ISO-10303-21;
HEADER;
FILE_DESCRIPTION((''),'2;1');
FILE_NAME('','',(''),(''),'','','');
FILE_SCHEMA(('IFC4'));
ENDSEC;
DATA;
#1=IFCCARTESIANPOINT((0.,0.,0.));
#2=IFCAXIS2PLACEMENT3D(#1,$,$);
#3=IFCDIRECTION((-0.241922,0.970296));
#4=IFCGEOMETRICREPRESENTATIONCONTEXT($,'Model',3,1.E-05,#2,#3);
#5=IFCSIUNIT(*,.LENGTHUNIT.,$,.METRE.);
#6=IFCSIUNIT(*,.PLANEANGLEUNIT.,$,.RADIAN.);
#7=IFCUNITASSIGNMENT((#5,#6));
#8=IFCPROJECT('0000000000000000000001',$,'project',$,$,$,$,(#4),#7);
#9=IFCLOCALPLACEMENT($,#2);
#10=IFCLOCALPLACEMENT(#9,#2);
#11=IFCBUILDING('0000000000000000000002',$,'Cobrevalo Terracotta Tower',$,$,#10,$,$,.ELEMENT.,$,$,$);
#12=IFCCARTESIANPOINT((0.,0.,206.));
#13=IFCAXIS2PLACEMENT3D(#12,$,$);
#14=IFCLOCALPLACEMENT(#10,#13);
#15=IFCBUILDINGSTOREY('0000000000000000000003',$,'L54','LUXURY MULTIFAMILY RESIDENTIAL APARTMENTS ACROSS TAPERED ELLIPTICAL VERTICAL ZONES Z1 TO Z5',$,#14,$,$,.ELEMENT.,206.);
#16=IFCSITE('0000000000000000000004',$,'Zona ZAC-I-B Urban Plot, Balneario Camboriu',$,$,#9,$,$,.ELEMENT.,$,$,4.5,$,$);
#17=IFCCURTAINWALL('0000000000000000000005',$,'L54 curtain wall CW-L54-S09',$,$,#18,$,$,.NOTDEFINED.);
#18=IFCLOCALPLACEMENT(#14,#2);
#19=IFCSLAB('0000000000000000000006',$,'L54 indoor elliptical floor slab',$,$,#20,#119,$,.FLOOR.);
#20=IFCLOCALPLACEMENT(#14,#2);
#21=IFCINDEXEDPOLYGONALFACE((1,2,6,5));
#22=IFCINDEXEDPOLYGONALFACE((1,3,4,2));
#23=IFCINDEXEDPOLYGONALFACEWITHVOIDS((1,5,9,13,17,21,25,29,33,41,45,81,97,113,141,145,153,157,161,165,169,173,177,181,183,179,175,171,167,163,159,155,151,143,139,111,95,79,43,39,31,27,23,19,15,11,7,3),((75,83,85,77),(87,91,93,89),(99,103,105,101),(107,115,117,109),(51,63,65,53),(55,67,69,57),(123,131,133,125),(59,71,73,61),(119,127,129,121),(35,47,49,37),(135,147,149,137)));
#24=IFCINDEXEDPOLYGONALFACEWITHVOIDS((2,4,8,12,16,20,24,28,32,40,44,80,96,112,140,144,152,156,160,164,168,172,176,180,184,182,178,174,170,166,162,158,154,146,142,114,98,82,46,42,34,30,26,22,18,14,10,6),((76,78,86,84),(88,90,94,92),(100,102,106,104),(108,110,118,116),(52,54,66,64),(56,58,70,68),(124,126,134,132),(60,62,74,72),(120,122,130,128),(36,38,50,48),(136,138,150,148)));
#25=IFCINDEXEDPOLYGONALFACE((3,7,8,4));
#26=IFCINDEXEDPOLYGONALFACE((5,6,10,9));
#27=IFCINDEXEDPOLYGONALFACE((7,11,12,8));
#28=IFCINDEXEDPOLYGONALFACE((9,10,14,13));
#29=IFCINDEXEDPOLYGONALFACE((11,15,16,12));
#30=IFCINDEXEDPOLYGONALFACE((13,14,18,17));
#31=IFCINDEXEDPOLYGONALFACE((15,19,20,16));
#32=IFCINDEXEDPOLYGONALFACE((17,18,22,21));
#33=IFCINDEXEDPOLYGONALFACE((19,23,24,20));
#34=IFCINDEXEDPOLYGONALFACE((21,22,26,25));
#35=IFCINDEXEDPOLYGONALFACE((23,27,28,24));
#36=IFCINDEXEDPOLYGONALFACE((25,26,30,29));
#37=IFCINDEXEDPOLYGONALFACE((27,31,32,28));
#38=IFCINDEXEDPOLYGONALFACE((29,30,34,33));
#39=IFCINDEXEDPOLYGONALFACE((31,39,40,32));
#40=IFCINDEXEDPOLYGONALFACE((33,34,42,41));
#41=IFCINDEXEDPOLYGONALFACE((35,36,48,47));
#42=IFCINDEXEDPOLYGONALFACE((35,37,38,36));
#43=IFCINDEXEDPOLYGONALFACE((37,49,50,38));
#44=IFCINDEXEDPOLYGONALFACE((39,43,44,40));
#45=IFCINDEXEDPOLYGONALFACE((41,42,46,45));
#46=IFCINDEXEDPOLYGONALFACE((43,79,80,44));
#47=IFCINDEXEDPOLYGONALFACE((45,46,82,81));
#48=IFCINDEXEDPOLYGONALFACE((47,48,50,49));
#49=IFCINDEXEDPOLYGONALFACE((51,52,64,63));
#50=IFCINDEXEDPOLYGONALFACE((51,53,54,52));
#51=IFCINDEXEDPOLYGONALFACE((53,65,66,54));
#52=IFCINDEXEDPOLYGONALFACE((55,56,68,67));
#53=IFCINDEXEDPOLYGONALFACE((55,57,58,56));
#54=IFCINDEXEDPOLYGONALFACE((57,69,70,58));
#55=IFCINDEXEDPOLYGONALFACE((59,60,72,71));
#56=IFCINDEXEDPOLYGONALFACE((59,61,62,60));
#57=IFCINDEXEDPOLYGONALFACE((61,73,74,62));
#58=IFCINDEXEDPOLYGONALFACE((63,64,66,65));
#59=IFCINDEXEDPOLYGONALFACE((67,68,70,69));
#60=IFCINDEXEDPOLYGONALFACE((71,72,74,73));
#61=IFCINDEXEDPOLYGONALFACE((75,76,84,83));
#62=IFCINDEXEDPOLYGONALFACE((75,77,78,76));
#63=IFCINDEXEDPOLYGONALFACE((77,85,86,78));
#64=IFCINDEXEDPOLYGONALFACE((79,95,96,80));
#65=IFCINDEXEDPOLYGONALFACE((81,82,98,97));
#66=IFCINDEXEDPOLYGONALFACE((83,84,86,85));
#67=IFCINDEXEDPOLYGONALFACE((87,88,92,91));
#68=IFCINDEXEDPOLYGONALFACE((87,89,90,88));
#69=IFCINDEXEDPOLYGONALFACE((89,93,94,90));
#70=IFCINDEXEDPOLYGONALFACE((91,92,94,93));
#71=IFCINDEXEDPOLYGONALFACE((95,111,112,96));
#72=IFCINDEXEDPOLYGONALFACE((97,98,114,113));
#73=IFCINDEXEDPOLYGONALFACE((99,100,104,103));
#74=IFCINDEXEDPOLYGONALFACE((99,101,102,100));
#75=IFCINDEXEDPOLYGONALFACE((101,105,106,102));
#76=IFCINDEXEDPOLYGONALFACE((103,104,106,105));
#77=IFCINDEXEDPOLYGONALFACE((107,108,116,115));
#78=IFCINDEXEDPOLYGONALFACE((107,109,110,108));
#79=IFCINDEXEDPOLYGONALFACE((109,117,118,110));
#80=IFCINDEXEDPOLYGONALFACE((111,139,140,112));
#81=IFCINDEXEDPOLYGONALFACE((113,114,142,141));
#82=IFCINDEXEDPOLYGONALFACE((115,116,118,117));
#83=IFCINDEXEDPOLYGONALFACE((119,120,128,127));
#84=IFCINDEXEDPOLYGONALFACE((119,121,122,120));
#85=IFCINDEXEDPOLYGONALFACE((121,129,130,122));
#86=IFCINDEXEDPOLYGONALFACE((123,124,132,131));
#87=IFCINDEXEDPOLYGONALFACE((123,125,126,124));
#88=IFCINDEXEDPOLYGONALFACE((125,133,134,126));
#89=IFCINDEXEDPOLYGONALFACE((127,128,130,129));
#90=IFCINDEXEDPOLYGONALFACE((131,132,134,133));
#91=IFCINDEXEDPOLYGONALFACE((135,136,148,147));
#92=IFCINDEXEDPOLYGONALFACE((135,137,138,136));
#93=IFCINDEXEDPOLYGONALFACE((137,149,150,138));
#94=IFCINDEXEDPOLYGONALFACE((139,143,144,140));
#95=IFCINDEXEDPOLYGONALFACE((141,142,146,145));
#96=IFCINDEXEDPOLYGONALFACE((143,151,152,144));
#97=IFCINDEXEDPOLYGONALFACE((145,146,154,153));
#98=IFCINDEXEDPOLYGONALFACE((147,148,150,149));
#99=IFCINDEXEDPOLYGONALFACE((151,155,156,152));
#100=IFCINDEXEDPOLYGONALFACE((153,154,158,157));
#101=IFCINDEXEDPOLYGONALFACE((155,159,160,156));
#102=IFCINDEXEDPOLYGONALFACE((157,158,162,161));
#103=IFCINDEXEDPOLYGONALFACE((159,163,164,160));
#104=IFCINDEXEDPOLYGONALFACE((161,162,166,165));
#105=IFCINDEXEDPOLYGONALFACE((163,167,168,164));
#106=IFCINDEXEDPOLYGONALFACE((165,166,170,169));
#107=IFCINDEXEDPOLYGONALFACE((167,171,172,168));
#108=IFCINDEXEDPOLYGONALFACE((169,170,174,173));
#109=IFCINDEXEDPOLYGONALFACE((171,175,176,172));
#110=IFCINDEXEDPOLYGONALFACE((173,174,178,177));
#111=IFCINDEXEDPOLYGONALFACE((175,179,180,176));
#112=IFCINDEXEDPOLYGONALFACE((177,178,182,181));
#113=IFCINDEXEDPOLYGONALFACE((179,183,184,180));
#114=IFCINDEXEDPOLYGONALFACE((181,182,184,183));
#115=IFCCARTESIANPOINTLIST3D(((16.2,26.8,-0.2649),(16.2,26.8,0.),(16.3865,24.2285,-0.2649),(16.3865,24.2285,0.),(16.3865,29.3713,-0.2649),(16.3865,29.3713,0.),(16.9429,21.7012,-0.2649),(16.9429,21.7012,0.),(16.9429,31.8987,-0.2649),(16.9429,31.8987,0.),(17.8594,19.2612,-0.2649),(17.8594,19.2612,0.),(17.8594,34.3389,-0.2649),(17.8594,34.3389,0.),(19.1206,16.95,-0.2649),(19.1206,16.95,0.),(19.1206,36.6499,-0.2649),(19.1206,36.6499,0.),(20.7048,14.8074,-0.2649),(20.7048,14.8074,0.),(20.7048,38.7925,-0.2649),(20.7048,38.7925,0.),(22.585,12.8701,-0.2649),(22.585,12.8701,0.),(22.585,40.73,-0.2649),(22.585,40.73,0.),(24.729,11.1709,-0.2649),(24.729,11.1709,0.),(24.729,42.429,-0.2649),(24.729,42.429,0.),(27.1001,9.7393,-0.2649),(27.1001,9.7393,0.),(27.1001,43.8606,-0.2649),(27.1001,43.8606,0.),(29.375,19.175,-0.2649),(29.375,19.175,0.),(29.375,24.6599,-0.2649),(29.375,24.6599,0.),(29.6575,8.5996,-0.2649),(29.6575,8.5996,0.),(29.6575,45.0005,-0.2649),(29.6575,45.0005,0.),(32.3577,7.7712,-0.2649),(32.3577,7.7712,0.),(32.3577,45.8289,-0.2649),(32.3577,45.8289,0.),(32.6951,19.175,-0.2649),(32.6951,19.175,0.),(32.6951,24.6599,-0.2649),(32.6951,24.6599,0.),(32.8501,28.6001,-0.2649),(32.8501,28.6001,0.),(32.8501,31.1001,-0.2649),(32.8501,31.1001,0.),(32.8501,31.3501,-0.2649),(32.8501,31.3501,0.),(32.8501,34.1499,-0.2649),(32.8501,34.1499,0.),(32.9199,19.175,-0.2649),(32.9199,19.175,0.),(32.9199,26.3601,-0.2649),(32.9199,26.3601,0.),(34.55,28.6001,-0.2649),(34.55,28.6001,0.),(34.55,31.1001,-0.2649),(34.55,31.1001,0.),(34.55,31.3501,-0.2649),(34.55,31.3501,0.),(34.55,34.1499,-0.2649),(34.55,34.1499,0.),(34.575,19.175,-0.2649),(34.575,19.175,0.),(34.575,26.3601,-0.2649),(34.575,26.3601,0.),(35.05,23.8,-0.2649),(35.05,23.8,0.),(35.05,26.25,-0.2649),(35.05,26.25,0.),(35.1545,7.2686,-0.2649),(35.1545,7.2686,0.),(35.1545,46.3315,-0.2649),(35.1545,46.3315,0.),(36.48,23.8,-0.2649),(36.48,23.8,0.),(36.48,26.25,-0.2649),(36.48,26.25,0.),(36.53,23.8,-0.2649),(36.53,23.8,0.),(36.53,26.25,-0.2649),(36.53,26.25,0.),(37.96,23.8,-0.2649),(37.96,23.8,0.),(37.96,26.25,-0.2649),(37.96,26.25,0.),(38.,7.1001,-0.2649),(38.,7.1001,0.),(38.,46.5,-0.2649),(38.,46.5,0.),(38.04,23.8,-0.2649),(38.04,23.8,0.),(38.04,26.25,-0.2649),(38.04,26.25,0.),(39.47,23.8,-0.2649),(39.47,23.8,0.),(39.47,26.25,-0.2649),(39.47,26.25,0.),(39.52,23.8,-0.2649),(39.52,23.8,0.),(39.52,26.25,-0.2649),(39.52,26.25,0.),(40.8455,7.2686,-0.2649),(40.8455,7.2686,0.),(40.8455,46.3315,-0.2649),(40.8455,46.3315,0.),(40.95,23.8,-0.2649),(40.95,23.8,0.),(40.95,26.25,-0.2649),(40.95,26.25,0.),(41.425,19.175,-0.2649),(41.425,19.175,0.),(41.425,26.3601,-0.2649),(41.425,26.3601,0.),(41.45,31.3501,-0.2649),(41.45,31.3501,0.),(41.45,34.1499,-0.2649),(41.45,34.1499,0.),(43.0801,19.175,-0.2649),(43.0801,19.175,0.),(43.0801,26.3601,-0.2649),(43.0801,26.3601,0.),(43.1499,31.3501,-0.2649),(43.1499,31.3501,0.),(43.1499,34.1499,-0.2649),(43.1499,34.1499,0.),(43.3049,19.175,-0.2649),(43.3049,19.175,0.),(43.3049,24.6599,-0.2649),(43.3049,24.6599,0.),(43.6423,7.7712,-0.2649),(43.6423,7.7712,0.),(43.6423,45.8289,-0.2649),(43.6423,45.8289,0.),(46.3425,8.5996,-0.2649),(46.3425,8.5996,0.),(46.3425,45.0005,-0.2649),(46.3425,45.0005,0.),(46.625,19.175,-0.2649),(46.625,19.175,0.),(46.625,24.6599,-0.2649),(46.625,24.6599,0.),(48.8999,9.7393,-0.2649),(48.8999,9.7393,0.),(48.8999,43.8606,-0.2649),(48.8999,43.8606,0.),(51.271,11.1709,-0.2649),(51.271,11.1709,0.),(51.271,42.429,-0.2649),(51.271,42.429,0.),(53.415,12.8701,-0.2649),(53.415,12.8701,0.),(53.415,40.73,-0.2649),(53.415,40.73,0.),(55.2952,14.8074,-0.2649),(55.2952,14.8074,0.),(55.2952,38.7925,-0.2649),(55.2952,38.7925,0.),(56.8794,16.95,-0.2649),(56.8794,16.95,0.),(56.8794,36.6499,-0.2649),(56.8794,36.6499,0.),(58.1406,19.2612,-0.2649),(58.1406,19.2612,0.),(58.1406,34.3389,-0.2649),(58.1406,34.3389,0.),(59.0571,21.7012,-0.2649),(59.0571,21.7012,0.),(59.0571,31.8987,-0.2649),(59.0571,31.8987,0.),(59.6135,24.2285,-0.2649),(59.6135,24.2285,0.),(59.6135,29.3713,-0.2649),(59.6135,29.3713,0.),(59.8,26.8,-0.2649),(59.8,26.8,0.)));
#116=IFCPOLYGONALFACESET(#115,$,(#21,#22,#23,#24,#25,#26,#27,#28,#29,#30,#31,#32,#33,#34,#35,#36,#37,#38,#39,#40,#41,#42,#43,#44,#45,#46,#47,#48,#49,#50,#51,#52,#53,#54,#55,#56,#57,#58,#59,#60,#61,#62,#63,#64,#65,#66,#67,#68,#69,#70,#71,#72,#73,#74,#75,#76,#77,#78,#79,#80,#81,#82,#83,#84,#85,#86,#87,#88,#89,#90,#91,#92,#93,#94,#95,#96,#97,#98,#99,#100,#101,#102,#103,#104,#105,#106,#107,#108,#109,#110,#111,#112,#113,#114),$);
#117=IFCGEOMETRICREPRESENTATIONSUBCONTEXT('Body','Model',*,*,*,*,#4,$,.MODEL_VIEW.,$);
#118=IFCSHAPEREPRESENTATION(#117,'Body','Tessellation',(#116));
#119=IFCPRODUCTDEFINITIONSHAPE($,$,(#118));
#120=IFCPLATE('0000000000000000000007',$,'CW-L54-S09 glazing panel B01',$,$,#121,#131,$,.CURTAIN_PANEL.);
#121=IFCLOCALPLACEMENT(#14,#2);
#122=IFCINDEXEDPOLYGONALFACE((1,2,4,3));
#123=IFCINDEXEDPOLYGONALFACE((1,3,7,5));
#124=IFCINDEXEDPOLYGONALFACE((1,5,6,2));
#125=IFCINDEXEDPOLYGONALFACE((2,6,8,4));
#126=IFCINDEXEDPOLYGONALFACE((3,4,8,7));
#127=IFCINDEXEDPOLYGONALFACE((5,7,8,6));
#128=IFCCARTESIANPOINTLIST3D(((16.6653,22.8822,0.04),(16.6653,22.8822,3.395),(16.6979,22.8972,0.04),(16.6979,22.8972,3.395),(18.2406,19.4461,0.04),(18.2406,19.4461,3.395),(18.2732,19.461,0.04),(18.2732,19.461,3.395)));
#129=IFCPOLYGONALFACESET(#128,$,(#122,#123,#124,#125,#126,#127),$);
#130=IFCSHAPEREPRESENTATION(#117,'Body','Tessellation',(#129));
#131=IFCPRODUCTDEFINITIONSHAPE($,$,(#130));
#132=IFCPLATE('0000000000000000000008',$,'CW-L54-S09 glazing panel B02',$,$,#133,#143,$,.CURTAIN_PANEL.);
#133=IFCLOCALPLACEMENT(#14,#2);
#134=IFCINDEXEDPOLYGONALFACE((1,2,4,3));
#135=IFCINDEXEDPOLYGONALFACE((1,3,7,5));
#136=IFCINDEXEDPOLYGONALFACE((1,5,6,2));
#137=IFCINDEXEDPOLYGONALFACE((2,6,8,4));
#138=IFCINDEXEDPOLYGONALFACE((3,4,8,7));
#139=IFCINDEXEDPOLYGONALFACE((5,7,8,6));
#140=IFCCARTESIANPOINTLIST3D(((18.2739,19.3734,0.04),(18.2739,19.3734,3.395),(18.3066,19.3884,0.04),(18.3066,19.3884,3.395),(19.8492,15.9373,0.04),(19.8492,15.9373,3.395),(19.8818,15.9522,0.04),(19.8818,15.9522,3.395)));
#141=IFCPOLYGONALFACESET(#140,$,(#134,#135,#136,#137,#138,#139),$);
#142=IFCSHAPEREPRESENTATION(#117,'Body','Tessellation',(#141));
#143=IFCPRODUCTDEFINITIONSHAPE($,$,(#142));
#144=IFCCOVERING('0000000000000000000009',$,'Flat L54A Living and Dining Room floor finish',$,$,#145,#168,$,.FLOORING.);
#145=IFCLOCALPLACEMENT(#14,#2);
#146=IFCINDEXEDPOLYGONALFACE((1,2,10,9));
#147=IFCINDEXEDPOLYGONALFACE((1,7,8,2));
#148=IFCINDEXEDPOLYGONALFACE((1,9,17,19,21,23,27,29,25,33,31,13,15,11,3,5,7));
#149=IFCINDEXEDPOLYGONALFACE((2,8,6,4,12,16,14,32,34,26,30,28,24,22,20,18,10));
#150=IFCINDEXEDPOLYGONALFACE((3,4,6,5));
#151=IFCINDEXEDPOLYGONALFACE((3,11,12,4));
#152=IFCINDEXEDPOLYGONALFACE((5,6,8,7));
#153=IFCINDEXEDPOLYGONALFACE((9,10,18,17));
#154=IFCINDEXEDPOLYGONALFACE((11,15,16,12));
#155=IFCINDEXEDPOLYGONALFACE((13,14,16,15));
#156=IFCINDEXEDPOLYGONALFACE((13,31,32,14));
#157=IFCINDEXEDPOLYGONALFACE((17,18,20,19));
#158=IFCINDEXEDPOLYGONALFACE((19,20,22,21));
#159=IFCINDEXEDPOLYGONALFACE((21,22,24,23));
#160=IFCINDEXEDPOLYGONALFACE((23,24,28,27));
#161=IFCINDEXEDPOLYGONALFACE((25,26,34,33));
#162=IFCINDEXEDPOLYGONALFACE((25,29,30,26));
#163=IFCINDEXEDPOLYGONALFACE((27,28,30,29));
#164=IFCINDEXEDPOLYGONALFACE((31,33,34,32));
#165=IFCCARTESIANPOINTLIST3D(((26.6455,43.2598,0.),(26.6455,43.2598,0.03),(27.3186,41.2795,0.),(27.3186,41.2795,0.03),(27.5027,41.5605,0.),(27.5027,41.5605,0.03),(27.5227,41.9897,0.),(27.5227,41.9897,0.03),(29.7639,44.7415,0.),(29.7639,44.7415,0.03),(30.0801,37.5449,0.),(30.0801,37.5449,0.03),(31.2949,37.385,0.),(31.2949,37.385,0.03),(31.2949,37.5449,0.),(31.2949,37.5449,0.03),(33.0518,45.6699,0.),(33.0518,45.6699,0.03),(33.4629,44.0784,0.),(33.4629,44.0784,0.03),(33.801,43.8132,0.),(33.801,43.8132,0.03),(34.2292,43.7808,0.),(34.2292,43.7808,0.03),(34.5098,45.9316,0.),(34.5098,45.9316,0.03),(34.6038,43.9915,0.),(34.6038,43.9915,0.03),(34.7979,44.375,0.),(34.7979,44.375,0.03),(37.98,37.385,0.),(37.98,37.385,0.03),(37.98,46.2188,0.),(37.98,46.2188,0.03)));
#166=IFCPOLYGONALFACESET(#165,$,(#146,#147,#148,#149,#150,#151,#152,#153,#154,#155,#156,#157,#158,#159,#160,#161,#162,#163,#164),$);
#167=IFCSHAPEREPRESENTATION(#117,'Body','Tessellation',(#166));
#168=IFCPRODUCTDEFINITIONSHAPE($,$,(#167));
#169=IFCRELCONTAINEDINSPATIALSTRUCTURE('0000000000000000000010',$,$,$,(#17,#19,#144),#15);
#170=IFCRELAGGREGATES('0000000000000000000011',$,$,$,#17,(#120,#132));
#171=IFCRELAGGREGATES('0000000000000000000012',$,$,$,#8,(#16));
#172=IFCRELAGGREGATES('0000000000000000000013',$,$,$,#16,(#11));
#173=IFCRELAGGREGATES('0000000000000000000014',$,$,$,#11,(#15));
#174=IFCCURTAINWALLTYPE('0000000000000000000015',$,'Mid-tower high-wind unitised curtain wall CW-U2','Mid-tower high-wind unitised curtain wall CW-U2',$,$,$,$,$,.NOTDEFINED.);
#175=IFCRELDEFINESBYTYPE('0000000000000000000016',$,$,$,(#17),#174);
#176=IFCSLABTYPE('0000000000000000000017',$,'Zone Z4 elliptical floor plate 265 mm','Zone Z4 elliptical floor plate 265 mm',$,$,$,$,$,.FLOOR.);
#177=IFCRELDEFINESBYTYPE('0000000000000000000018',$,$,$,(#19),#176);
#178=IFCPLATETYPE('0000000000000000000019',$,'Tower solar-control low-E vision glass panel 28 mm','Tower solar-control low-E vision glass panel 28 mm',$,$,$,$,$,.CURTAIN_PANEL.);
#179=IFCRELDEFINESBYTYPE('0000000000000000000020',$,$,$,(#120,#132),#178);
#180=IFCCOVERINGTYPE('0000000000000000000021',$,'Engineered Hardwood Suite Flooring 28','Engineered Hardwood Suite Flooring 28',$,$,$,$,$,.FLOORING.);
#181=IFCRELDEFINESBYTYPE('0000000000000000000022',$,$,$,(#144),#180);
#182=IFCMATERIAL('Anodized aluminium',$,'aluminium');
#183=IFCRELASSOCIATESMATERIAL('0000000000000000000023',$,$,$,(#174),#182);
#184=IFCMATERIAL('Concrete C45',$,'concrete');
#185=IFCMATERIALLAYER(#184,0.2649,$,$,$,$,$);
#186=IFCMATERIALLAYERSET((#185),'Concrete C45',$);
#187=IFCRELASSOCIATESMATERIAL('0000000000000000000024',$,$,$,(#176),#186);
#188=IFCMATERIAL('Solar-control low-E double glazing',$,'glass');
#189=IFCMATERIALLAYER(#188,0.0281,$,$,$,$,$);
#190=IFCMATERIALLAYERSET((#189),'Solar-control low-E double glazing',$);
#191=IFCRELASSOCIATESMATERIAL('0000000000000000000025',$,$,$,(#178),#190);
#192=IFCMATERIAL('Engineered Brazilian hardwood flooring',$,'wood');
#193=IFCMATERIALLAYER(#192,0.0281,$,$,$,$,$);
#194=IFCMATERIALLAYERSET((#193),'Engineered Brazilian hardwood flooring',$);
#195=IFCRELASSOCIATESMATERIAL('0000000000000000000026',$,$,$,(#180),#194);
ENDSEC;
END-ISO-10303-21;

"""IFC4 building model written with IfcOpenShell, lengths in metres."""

from ifc_helpers import new_model, si_unit, direction, frame, origin, origin_2d, place, context, subcontext, project, spatial, polyline, rectangle, outline, extrude, source, transform, mapped, material, layer, layer_set, type_object, element, aggregate, save


model = new_model("IFC4")

# Units and contexts
model_context = context("Model", 3, precision=1e-05, world=origin(), true_north=direction((-0.241922, 0.970296)))
body_context = subcontext(model_context, "Body", "Model", "MODEL_VIEW")
ifc_project = project(units=[si_unit("LENGTHUNIT", "METRE"), si_unit("PLANEANGLEUNIT", "RADIAN")], contexts=[model_context])

# Site, building, storey
site_placement = place(None, origin())
site = spatial("IfcSite", under=ifc_project, at=site_placement, Name="Zona ZAC-I-B Urban Plot, Balneario Camboriu", CompositionType="ELEMENT", RefElevation=4.5)
building_placement = place(site_placement, origin())
building = spatial("IfcBuilding", under=site, at=building_placement, Name="Cobrevalo Terracotta Tower", CompositionType="ELEMENT")
storey_placement = place(building_placement, frame((0.0, 0.0, 206.0)))
storey = spatial("IfcBuildingStorey", under=building, at=storey_placement, Name="L54", Description="LUXURY MULTIFAMILY RESIDENTIAL APARTMENTS ACROSS TAPERED ELLIPTICAL VERTICAL ZONES Z1 TO Z5", CompositionType="ELEMENT", Elevation=206.0)

# Curtain wall
ifc_material_1 = material(Name="Anodized aluminium", Category="aluminium")
curtain_wall_type = type_object("IfcCurtainWallType", Name="Mid-tower high-wind unitised curtain wall CW-U2", Description="Mid-tower high-wind unitised curtain wall CW-U2", PredefinedType="NOTDEFINED", material=ifc_material_1)
curtain_wall_1_placement = place(storey_placement, origin())
curtain_wall_1 = element("IfcCurtainWall", 1, at=curtain_wall_1_placement, inside=storey, type_object=curtain_wall_type, Name="L54 curtain wall CW-L54-S09", PredefinedType="NOTDEFINED")

# Slab
ifc_material_2 = material(Name="Concrete C45", Category="concrete")
ifc_layer_1 = layer(ifc_material_2, 0.2649)
ifc_layer_set_1 = layer_set([ifc_layer_1], Name="Concrete C45")
slab_type_1 = type_object("IfcSlabType", Name="Zone Z4 elliptical floor plate 265 mm", Description="Zone Z4 elliptical floor plate 265 mm", PredefinedType="FLOOR", material=ifc_layer_set_1)
slab_1_placement = place(storey_placement, frame((0.0, 0.0, -0.2649)))
element("IfcSlab", 2, at=slab_1_placement, inside=storey, type_object=slab_type_1, Name="L54 indoor elliptical floor slab", PredefinedType="FLOOR", context=body_context, shape_type="SweptSolid", body=[
    extrude(outline(polyline([(59.6135, 24.2285), (59.0571, 21.7012), (58.1406, 19.2612), (56.8794, 16.95), (55.2952, 14.8074), (53.415, 12.8701), (51.271, 11.1709), (48.8999, 9.7393), (46.3425, 8.5996), (43.6423, 7.7712), (40.8455, 7.2686), (38.0, 7.1001), (35.1545, 7.2686), (32.3577, 7.7712), (29.6575, 8.5996), (27.1001, 9.7393), (24.729, 11.1709), (22.585, 12.8701), (20.7048, 14.8074), (19.1206, 16.95), (17.8594, 19.2612), (16.9429, 21.7012), (16.3865, 24.2285), (16.2, 26.8), (16.3865, 29.3713), (16.9429, 31.8987), (17.8594, 34.3389), (19.1206, 36.6499), (20.7048, 38.7925), (22.585, 40.73), (24.729, 42.429), (27.1001, 43.8606), (29.6575, 45.0005), (32.3577, 45.8289), (35.1545, 46.3315), (38.0, 46.5), (40.8455, 46.3315), (43.6423, 45.8289), (46.3425, 45.0005), (48.8999, 43.8606), (51.271, 42.429), (53.415, 40.73), (55.2952, 38.7925), (56.8794, 36.6499), (58.1406, 34.3389), (59.0571, 31.8987), (59.6135, 29.3713), (59.8, 26.8), (59.6135, 24.2285)]), holes=[polyline([(32.6951, 19.175), (32.6951, 24.6599), (29.375, 24.6599), (29.375, 19.175), (32.6951, 19.175)]), polyline([(34.575, 26.3601), (32.9199, 26.3601), (32.9199, 19.175), (34.575, 19.175), (34.575, 26.3601)]), polyline([(36.48, 26.25), (35.05, 26.25), (35.05, 23.8), (36.48, 23.8), (36.48, 26.25)]), polyline([(37.96, 23.8), (37.96, 26.25), (36.53, 26.25), (36.53, 23.8), (37.96, 23.8)]), polyline([(34.55, 28.6001), (34.55, 31.1001), (32.8501, 31.1001), (32.8501, 28.6001), (34.55, 28.6001)]), polyline([(34.55, 34.1499), (32.8501, 34.1499), (32.8501, 31.3501), (34.55, 31.3501), (34.55, 34.1499)]), polyline([(43.3049, 19.175), (46.625, 19.175), (46.625, 24.6599), (43.3049, 24.6599), (43.3049, 19.175)]), polyline([(43.0801, 19.175), (43.0801, 26.3601), (41.425, 26.3601), (41.425, 19.175), (43.0801, 19.175)]), polyline([(39.47, 26.25), (38.04, 26.25), (38.04, 23.8), (39.47, 23.8), (39.47, 26.25)]), polyline([(40.95, 23.8), (40.95, 26.25), (39.52, 26.25), (39.52, 23.8), (40.95, 23.8)]), polyline([(43.1499, 31.3501), (43.1499, 34.1499), (41.45, 34.1499), (41.45, 31.3501), (43.1499, 31.3501)])]), origin(), (0.0, 0.0, 1.0), 0.2649),
])

# Plates
ifc_material_3 = material(Name="Solar-control low-E double glazing", Category="glass")
ifc_layer_2 = layer(ifc_material_3, 0.0281)
ifc_layer_set_2 = layer_set([ifc_layer_2], Name="Solar-control low-E double glazing")
plate_type = type_object("IfcPlateType", Name="Tower solar-control low-E vision glass panel 28 mm", Description="Tower solar-control low-E vision glass panel 28 mm", PredefinedType="CURTAIN_PANEL", material=ifc_layer_set_2)
shared_shape_1 = source(origin(), body_context, "Body", "SweptSolid", [
    extrude(rectangle(XDim=3.78, YDim=0.0359, at=origin_2d()), origin(), (0.0, 0.0, 1.0), 3.355),
])
plate_1_placement = place(storey_placement, frame((17.4692, 21.1716, 0.04), z_axis=(0.0, 0.0, 1.0), x_axis=(0.416731, -0.90903, 0.0)))
plate_1 = element("IfcPlate", 3, at=plate_1_placement, type_object=plate_type, Name="CW-L54-S09 glazing panel B01", PredefinedType="CURTAIN_PANEL", context=body_context, shape_type="MappedRepresentation", body=[
    mapped(shared_shape_1, transform((0.0, 0.0, 0.0), scale=1.0)),
])
plate_2_placement = place(storey_placement, frame((19.0779, 17.6628, 0.04), z_axis=(0.0, 0.0, 1.0), x_axis=(0.416731, -0.90903, 0.0)))
plate_2 = element("IfcPlate", 4, at=plate_2_placement, type_object=plate_type, Name="CW-L54-S09 glazing panel B02", PredefinedType="CURTAIN_PANEL", context=body_context, shape_type="MappedRepresentation", body=[
    mapped(shared_shape_1, transform((0.0, 0.0, 0.0), scale=1.0)),
])
aggregate(curtain_wall_1, [plate_1, plate_2])

# Covering
ifc_material_4 = material(Name="Engineered Brazilian hardwood flooring", Category="wood")
ifc_layer_3 = layer(ifc_material_4, 0.0281)
ifc_layer_set_3 = layer_set([ifc_layer_3], Name="Engineered Brazilian hardwood flooring")
covering_type_1 = type_object("IfcCoveringType", Name="Engineered Hardwood Suite Flooring 28", Description="Engineered Hardwood Suite Flooring 28", PredefinedType="FLOORING", material=ifc_layer_set_3)
covering_1_placement = place(storey_placement, origin())
element("IfcCovering", 5, at=covering_1_placement, inside=storey, type_object=covering_type_1, Name="Flat L54A Living and Dining Room floor finish", PredefinedType="FLOORING", context=body_context, shape_type="SweptSolid", body=[
    extrude(outline(polyline([(29.7639, 44.7415), (33.0518, 45.6699), (33.4629, 44.0784), (33.801, 43.8132), (34.2292, 43.7808), (34.6038, 43.9915), (34.7979, 44.375), (34.5098, 45.9316), (37.98, 46.2188), (37.98, 37.385), (31.2949, 37.385), (31.2949, 37.5449), (30.0801, 37.5449), (27.3186, 41.2795), (27.5027, 41.5605), (27.5227, 41.9897), (26.6455, 43.2598), (29.7639, 44.7415)])), origin(), (0.0, 0.0, 1.0), 0.03),
])

save(model, "model.ifc")
